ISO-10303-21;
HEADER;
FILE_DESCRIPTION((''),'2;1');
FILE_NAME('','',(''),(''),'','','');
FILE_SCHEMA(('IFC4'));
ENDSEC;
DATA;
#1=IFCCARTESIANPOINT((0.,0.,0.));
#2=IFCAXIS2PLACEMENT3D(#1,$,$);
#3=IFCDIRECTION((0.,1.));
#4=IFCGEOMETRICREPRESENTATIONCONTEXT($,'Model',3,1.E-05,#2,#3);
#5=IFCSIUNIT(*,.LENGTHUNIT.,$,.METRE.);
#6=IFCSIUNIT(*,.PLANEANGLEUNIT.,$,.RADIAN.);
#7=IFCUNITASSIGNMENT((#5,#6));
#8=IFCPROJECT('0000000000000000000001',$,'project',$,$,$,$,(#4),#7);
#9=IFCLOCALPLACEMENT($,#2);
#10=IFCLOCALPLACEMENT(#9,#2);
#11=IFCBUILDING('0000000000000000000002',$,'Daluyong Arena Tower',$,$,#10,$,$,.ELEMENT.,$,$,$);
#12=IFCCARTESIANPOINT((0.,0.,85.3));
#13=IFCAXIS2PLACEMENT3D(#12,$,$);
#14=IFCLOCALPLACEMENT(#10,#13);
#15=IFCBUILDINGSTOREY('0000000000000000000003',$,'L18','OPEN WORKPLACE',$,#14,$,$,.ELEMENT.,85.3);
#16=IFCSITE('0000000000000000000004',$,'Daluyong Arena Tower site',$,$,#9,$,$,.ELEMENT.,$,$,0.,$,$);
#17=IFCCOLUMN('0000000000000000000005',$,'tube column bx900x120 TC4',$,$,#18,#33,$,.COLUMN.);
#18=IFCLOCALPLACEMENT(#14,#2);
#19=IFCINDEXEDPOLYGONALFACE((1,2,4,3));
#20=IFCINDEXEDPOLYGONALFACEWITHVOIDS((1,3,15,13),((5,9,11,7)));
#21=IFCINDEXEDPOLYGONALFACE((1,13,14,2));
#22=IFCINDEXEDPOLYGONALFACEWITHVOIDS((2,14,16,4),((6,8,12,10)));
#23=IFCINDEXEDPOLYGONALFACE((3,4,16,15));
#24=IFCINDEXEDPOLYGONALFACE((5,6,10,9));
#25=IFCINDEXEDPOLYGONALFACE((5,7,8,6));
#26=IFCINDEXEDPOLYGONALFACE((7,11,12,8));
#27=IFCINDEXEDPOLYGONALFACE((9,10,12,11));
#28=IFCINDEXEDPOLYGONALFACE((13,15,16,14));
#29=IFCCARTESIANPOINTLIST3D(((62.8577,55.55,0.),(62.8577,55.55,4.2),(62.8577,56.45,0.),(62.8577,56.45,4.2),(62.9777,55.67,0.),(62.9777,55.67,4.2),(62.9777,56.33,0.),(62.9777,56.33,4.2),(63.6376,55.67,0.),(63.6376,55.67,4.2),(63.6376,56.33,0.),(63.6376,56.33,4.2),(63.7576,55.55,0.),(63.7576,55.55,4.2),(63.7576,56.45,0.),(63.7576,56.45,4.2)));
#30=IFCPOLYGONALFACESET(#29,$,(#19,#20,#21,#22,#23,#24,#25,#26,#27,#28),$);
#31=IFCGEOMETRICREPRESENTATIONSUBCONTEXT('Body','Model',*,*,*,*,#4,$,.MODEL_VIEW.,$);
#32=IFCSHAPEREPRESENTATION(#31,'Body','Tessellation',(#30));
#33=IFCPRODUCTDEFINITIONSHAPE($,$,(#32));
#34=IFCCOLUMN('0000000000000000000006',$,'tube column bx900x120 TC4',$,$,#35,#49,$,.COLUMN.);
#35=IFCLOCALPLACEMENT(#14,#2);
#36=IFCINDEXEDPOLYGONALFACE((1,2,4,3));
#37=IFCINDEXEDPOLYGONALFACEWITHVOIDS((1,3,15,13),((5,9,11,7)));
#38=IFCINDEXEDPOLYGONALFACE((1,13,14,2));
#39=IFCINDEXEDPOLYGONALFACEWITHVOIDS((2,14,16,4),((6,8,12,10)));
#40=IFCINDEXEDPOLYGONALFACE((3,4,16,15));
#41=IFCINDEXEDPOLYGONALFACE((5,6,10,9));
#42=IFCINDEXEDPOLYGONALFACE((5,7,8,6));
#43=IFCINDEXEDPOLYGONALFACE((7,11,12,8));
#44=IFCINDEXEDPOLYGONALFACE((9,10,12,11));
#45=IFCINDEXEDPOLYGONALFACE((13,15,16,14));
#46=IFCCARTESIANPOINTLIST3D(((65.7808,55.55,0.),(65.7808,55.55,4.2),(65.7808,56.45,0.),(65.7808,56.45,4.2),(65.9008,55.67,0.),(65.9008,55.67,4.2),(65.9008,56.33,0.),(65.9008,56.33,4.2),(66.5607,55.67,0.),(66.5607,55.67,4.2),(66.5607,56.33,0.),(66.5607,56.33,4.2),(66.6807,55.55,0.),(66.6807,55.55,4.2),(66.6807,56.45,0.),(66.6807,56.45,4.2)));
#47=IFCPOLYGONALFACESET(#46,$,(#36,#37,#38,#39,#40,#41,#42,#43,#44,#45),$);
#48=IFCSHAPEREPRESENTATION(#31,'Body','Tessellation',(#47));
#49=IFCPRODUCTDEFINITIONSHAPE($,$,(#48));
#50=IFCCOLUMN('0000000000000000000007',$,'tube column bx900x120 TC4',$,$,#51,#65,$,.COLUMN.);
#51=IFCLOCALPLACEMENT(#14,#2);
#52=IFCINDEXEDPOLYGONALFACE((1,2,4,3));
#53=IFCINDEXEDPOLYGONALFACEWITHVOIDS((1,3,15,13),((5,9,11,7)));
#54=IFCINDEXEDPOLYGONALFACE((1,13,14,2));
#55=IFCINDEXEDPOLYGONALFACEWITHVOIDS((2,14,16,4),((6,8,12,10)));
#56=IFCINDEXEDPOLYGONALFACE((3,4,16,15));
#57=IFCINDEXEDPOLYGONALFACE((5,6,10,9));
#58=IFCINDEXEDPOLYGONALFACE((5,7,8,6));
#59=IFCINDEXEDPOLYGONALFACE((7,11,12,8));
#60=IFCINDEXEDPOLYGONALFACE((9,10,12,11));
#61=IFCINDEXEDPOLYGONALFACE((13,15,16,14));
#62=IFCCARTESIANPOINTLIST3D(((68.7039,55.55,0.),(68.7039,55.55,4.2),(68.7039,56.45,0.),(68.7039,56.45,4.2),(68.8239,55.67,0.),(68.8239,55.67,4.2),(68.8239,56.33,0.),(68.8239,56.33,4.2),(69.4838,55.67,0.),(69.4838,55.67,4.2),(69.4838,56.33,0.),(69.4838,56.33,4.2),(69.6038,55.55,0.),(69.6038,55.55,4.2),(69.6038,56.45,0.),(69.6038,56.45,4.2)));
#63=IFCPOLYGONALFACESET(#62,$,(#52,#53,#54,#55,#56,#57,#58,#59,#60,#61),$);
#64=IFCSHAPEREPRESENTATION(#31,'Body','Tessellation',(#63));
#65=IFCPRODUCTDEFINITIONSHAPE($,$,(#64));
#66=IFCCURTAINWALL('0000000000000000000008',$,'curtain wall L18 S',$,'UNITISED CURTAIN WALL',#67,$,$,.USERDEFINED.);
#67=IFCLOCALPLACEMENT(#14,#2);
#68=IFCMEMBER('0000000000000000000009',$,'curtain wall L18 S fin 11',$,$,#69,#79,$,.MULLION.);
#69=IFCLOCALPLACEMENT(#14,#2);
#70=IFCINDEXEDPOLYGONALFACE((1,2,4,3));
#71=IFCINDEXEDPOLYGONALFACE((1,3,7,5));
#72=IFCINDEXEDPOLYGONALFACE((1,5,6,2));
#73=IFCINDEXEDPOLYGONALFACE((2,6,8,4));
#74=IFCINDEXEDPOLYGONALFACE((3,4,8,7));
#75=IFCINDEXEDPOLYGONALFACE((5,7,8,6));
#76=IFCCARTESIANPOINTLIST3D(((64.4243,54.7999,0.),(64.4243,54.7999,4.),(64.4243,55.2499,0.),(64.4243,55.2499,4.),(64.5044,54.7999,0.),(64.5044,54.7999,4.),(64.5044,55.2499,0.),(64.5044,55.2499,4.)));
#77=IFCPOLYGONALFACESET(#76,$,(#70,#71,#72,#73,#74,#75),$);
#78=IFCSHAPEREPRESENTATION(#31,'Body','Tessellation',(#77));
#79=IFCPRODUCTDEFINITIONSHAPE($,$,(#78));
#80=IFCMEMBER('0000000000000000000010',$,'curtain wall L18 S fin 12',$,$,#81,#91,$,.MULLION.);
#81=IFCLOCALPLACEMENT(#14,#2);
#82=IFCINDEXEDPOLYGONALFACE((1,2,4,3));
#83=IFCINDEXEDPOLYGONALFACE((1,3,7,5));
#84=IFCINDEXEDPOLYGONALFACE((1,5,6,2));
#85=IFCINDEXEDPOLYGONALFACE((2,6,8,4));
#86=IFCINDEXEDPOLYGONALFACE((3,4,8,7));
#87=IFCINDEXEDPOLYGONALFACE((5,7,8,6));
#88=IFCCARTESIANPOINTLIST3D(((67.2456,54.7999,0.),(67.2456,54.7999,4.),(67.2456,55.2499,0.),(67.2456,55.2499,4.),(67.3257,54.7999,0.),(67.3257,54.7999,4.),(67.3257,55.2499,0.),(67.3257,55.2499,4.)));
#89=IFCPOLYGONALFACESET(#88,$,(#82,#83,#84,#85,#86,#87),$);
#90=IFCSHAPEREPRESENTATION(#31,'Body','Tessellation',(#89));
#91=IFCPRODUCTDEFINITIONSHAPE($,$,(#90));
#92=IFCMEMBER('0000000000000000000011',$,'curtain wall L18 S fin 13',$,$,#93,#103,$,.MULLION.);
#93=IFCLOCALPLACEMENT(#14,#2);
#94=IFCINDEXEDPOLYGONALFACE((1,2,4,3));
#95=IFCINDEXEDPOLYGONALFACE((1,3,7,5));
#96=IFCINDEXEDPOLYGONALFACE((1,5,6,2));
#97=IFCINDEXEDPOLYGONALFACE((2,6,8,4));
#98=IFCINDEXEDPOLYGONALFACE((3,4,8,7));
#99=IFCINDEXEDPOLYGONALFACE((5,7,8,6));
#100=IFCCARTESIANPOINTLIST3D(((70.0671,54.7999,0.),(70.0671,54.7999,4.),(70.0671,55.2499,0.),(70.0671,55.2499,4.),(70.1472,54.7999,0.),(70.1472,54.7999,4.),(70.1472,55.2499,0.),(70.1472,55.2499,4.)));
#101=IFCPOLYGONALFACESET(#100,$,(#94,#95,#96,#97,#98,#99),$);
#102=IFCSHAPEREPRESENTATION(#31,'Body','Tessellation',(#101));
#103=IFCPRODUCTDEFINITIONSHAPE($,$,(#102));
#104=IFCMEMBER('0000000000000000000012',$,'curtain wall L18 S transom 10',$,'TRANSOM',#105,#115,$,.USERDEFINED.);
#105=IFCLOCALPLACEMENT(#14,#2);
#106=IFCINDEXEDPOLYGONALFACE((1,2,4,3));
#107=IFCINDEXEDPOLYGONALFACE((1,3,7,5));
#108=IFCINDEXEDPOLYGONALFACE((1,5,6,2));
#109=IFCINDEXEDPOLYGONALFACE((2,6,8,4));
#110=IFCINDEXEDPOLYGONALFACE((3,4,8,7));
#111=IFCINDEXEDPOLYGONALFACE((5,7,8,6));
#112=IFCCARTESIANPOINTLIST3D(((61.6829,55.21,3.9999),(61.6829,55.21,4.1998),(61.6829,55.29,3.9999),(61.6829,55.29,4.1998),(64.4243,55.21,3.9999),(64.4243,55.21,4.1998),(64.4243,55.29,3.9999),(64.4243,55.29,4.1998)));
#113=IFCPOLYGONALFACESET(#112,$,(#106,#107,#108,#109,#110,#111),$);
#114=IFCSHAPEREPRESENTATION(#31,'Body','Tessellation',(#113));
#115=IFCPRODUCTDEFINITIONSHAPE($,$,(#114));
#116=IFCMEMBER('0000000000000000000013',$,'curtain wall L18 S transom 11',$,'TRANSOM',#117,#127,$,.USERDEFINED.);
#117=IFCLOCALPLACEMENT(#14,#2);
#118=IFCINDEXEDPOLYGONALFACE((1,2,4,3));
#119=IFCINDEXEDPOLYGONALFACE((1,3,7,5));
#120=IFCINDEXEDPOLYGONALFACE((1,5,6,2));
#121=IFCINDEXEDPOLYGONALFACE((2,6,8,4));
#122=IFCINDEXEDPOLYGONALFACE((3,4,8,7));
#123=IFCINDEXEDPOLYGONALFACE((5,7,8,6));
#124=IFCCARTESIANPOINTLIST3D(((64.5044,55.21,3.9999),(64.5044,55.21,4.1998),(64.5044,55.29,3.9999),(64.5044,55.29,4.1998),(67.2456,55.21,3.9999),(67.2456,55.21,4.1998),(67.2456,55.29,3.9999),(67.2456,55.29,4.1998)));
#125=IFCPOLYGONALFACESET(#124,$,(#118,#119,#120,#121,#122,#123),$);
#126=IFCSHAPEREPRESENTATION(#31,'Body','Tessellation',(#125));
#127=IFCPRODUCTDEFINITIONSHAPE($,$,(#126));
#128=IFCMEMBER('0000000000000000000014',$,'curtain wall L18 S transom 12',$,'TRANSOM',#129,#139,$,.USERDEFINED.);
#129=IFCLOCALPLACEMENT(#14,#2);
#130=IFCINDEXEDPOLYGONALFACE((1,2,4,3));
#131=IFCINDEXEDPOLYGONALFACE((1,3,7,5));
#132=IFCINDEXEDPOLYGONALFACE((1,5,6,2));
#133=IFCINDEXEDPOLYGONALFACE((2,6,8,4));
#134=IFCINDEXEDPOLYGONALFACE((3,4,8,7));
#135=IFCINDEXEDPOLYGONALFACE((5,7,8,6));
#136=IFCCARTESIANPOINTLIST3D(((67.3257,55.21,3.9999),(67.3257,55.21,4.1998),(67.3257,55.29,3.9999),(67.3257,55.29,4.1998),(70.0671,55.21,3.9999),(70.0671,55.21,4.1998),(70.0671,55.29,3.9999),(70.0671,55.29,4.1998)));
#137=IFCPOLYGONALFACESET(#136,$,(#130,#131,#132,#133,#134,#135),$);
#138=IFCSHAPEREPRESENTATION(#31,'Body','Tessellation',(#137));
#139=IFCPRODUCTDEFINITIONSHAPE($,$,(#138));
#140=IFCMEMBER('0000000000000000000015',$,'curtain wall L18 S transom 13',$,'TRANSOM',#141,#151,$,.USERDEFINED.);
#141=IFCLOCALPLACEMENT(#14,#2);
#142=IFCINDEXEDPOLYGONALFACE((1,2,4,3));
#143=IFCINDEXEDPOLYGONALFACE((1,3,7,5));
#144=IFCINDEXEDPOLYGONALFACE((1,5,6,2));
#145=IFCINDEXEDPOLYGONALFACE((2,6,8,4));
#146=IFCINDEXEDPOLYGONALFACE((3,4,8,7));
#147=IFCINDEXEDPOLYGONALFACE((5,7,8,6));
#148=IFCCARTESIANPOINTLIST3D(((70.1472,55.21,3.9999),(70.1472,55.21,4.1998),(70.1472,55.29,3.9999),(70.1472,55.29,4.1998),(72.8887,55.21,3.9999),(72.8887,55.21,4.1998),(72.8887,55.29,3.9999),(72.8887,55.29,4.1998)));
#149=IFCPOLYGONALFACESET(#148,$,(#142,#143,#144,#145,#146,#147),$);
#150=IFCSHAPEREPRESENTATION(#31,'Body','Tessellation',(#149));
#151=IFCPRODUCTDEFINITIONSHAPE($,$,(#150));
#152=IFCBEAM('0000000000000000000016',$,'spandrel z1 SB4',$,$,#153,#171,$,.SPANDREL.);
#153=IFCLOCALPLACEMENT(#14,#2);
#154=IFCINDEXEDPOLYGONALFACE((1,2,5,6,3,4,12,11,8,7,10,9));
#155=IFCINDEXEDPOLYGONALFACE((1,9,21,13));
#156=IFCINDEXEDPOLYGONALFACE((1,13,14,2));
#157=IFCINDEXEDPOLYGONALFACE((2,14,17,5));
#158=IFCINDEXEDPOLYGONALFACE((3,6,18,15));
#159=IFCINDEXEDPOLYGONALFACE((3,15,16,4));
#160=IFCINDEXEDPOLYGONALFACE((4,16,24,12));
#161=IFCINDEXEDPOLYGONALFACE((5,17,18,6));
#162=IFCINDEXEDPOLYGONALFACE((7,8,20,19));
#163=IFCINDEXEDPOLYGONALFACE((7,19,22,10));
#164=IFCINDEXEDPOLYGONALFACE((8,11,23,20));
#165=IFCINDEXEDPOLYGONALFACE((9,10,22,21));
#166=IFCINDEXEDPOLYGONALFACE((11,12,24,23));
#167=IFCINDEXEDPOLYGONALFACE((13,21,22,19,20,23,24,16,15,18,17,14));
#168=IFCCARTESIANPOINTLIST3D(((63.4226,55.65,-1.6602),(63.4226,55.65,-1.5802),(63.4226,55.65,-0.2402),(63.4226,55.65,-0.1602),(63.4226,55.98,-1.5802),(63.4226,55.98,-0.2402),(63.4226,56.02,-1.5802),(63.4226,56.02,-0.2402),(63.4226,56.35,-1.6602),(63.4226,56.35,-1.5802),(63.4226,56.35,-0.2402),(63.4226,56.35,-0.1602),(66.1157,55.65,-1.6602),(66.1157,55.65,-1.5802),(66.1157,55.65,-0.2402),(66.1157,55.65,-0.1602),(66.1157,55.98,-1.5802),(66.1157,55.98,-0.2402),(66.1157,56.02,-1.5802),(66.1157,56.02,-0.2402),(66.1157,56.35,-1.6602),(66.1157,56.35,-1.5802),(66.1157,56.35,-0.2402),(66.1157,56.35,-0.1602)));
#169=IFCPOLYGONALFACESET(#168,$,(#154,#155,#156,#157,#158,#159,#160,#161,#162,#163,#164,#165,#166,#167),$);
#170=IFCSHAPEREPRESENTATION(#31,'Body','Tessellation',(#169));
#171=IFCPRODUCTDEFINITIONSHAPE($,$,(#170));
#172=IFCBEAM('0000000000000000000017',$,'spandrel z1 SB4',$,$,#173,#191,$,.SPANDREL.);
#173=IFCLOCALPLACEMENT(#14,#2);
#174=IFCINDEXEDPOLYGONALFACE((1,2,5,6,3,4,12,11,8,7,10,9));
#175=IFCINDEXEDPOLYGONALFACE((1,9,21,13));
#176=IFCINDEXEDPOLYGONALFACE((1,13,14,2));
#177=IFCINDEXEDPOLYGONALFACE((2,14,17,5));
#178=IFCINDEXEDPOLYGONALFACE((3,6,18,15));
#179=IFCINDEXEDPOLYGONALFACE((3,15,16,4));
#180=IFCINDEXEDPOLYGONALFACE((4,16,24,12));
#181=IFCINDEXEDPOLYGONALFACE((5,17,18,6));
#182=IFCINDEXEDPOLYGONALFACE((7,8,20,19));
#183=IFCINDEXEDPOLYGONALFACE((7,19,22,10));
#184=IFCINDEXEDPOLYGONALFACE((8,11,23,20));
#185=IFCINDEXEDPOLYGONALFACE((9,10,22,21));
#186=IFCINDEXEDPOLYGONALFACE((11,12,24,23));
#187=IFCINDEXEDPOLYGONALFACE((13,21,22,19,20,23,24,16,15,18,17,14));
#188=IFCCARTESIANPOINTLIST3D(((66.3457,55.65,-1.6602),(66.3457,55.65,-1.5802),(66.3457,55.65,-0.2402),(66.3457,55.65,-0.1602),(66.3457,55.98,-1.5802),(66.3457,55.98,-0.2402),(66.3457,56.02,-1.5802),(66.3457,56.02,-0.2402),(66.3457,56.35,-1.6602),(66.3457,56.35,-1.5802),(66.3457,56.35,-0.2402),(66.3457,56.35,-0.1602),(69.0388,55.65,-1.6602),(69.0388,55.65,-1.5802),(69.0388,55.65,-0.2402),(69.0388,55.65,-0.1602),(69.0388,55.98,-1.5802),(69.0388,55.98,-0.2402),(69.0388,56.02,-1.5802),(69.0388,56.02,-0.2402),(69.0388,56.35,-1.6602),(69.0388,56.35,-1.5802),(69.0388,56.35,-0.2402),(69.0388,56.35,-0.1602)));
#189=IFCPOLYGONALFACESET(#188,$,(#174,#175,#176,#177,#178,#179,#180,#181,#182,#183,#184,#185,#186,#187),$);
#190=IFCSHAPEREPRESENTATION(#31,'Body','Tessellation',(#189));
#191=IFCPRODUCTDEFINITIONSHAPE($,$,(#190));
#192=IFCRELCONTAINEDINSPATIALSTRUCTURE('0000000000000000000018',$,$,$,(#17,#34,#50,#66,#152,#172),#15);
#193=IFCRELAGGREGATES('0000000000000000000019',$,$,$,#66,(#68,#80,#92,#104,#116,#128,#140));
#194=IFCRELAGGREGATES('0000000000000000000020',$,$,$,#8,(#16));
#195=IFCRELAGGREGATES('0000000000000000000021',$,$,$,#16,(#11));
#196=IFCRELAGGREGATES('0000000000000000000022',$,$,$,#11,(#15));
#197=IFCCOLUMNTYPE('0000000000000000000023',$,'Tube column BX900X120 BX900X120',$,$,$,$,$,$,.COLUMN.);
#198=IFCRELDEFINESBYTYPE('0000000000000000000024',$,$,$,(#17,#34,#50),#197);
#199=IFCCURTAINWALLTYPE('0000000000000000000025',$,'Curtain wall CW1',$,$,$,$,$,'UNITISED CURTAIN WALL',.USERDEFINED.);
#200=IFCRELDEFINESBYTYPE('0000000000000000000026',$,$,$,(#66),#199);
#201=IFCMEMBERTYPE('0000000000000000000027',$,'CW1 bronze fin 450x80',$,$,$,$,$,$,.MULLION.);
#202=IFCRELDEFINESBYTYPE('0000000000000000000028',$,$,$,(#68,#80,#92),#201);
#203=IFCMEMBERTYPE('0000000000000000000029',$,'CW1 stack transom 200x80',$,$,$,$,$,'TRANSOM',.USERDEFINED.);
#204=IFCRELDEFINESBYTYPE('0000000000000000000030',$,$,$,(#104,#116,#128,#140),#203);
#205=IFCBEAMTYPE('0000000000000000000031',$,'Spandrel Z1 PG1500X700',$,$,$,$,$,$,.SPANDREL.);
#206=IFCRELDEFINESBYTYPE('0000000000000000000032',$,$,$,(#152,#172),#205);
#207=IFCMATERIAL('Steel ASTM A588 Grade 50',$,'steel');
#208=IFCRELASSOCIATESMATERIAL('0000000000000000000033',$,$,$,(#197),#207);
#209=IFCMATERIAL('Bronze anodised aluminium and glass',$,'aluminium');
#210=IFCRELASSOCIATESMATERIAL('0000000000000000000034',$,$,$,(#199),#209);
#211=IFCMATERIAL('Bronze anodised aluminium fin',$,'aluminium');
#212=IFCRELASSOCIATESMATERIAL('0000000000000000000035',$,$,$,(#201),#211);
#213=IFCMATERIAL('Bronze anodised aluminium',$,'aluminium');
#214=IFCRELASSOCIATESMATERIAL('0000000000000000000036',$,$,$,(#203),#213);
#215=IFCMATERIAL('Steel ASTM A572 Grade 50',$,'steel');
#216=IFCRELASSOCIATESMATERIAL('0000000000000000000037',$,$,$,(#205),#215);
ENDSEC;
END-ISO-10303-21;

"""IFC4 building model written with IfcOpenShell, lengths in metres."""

from ifc_helpers import new_model, si_unit, direction, frame, origin, origin_2d, place, context, subcontext, project, spatial, rectangle, hollow_rectangle, i_section, extrude, material, material_profile, profile_set, type_object, element, aggregate, save


model = new_model("IFC4")

# Units and contexts
model_context = context("Model", 3, precision=1e-05, world=origin(), true_north=direction((0.0, 1.0)))
body_context = subcontext(model_context, "Body", "Model", "MODEL_VIEW")
ifc_project = project(units=[si_unit("LENGTHUNIT", "METRE"), si_unit("PLANEANGLEUNIT", "RADIAN")], contexts=[model_context])

# Site, building, storey
site_placement = place(None, origin())
site = spatial("IfcSite", under=ifc_project, at=site_placement, Name="Daluyong Arena Tower site", CompositionType="ELEMENT", RefElevation=0.0)
building_placement = place(site_placement, origin())
building = spatial("IfcBuilding", under=site, at=building_placement, Name="Daluyong Arena Tower", CompositionType="ELEMENT")
storey_placement = place(building_placement, frame((0.0, 0.0, 85.3)))
storey = spatial("IfcBuildingStorey", under=building, at=storey_placement, Name="L18", Description="OPEN WORKPLACE", CompositionType="ELEMENT", Elevation=85.3)

# Columns
ifc_material_1 = material(Name="Steel ASTM A588 Grade 50", Category="steel")
ifc_material_profile_1 = material_profile(ifc_material_1, hollow_rectangle(XDim=0.8999, YDim=0.8999, WallThickness=0.12, at=origin_2d()))
ifc_profile_set_1 = profile_set([ifc_material_profile_1], Name="Steel ASTM A588 Grade 50")
column_type = type_object("IfcColumnType", Name="Tube column BX900X120 BX900X120", PredefinedType="COLUMN", material=ifc_profile_set_1)
for number, where, z_axis, x_axis, name in (
    (1, (63.3076, 56.0, 0.0), (0.0, 0.0, 1.0), (1.0, 0.0, 0.0), "tube column bx900x120 TC4"),
    (2, (66.2307, 56.0, 0.0), (0.0, 0.0, 1.0), (1.0, 0.0, 0.0), "tube column bx900x120 TC4"),
    (3, (69.1538, 56.0, 0.0), (0.0, 0.0, 1.0), (1.0, 0.0, 0.0), "tube column bx900x120 TC4"),
):
    element("IfcColumn", number, at=place(storey_placement, frame(where, z_axis=z_axis, x_axis=x_axis)), inside=storey, type_object=column_type, Name=name, PredefinedType="COLUMN", context=body_context, shape_type="SweptSolid", body=[
        extrude(hollow_rectangle(XDim=0.8999, YDim=0.8999, WallThickness=0.12, at=origin_2d()), origin(), (0.0, 0.0, 1.0), 4.2),
    ])

# Curtain wall, members
ifc_material_2 = material(Name="Bronze anodised aluminium and glass", Category="aluminium")
curtain_wall_type = type_object("IfcCurtainWallType", Name="Curtain wall CW1", ElementType="UNITISED CURTAIN WALL", PredefinedType="USERDEFINED", material=ifc_material_2)
curtain_wall_placement = place(storey_placement, origin())
curtain_wall = element("IfcCurtainWall", 4, at=curtain_wall_placement, inside=storey, type_object=curtain_wall_type, Name="curtain wall L18 S", ObjectType="UNITISED CURTAIN WALL", PredefinedType="USERDEFINED")
ifc_material_3 = material(Name="Bronze anodised aluminium fin", Category="aluminium")
ifc_material_profile_2 = material_profile(ifc_material_3, rectangle(XDim=0.45, YDim=0.0801, at=origin_2d()))
ifc_profile_set_2 = profile_set([ifc_material_profile_2], Name="Bronze anodised aluminium fin")
member_type_1 = type_object("IfcMemberType", Name="CW1 bronze fin 450x80", PredefinedType="MULLION", material=ifc_profile_set_2)
member_1_placement = place(storey_placement, frame((64.4644, 55.0249, 0.0), z_axis=(0.0, 0.0, 1.0), x_axis=(0.0, 1.0, 0.0)))
member_1 = element("IfcMember", 5, at=member_1_placement, type_object=member_type_1, Name="curtain wall L18 S fin 11", PredefinedType="MULLION", context=body_context, shape_type="SweptSolid", body=[
    extrude(rectangle(XDim=0.45, YDim=0.0801, at=origin_2d()), origin(), (0.0, 0.0, 1.0), 4.0),
])
member_2_placement = place(storey_placement, frame((67.2856, 55.0249, 0.0), z_axis=(0.0, 0.0, 1.0), x_axis=(0.0, 1.0, 0.0)))
member_2 = element("IfcMember", 6, at=member_2_placement, type_object=member_type_1, Name="curtain wall L18 S fin 12", PredefinedType="MULLION", context=body_context, shape_type="SweptSolid", body=[
    extrude(rectangle(XDim=0.45, YDim=0.0801, at=origin_2d()), origin(), (0.0, 0.0, 1.0), 4.0),
])
member_3_placement = place(storey_placement, frame((70.1072, 55.0249, 0.0), z_axis=(0.0, 0.0, 1.0), x_axis=(0.0, 1.0, 0.0)))
member_3 = element("IfcMember", 7, at=member_3_placement, type_object=member_type_1, Name="curtain wall L18 S fin 13", PredefinedType="MULLION", context=body_context, shape_type="SweptSolid", body=[
    extrude(rectangle(XDim=0.45, YDim=0.0801, at=origin_2d()), origin(), (0.0, 0.0, 1.0), 4.0),
])
ifc_material_4 = material(Name="Bronze anodised aluminium", Category="aluminium")
ifc_material_profile_3 = material_profile(ifc_material_4, rectangle(XDim=0.0801, YDim=0.2, at=origin_2d()))
ifc_profile_set_3 = profile_set([ifc_material_profile_3], Name="Bronze anodised aluminium")
member_type_2 = type_object("IfcMemberType", Name="CW1 stack transom 200x80", ElementType="TRANSOM", PredefinedType="USERDEFINED", material=ifc_profile_set_3)
member_4_placement = place(storey_placement, frame((61.6829, 55.25, 4.0999), z_axis=(1.0, 0.0, 0.0), x_axis=(0.0, 1.0, 0.0)))
member_4 = element("IfcMember", 8, at=member_4_placement, type_object=member_type_2, Name="curtain wall L18 S transom 10", ObjectType="TRANSOM", PredefinedType="USERDEFINED", context=body_context, shape_type="SweptSolid", body=[
    extrude(rectangle(XDim=0.0801, YDim=0.2, at=origin_2d()), origin(), (0.0, 0.0, 1.0), 2.7415),
])
member_5_placement = place(storey_placement, frame((64.5044, 55.25, 4.0999), z_axis=(1.0, 0.0, 0.0), x_axis=(0.0, 1.0, 0.0)))
member_5 = element("IfcMember", 9, at=member_5_placement, type_object=member_type_2, Name="curtain wall L18 S transom 11", ObjectType="TRANSOM", PredefinedType="USERDEFINED", context=body_context, shape_type="SweptSolid", body=[
    extrude(rectangle(XDim=0.0801, YDim=0.2, at=origin_2d()), origin(), (0.0, 0.0, 1.0), 2.7412),
])
member_6_placement = place(storey_placement, frame((67.3257, 55.25, 4.0999), z_axis=(1.0, 0.0, 0.0), x_axis=(0.0, 1.0, 0.0)))
member_6 = element("IfcMember", 10, at=member_6_placement, type_object=member_type_2, Name="curtain wall L18 S transom 12", ObjectType="TRANSOM", PredefinedType="USERDEFINED", context=body_context, shape_type="SweptSolid", body=[
    extrude(rectangle(XDim=0.0801, YDim=0.2, at=origin_2d()), origin(), (0.0, 0.0, 1.0), 2.7415),
])
member_7_placement = place(storey_placement, frame((70.1472, 55.25, 4.0999), z_axis=(1.0, 0.0, 0.0), x_axis=(0.0, 1.0, 0.0)))
member_7 = element("IfcMember", 11, at=member_7_placement, type_object=member_type_2, Name="curtain wall L18 S transom 13", ObjectType="TRANSOM", PredefinedType="USERDEFINED", context=body_context, shape_type="SweptSolid", body=[
    extrude(rectangle(XDim=0.0801, YDim=0.2, at=origin_2d()), origin(), (0.0, 0.0, 1.0), 2.7415),
])

# Beams
ifc_material_5 = material(Name="Steel ASTM A572 Grade 50", Category="steel")
ifc_material_profile_4 = material_profile(ifc_material_5, i_section(OverallWidth=0.7, OverallDepth=1.5, WebThickness=0.04, FlangeThickness=0.08, at=origin_2d()))
ifc_profile_set_4 = profile_set([ifc_material_profile_4], Name="Steel ASTM A572 Grade 50")
beam_type = type_object("IfcBeamType", Name="Spandrel Z1 PG1500X700", PredefinedType="SPANDREL", material=ifc_profile_set_4)
for number, where, z_axis, x_axis, name in (
    (12, (63.4226, 56.0, -0.9102), (1.0, 0.0, 0.0), (0.0, 1.0, 0.0), "spandrel z1 SB4"),
    (13, (66.3457, 56.0, -0.9102), (1.0, 0.0, 0.0), (0.0, 1.0, 0.0), "spandrel z1 SB4"),
):
    element("IfcBeam", number, at=place(storey_placement, frame(where, z_axis=z_axis, x_axis=x_axis)), inside=storey, type_object=beam_type, Name=name, PredefinedType="SPANDREL", context=body_context, shape_type="SweptSolid", body=[
        extrude(i_section(OverallWidth=0.7, OverallDepth=1.5, WebThickness=0.04, FlangeThickness=0.08, at=origin_2d()), origin(), (0.0, 0.0, 1.0), 2.6931),
    ])

aggregate(curtain_wall, [member_1, member_2, member_3, member_4, member_5, member_6, member_7])

save(model, "model.ifc")
